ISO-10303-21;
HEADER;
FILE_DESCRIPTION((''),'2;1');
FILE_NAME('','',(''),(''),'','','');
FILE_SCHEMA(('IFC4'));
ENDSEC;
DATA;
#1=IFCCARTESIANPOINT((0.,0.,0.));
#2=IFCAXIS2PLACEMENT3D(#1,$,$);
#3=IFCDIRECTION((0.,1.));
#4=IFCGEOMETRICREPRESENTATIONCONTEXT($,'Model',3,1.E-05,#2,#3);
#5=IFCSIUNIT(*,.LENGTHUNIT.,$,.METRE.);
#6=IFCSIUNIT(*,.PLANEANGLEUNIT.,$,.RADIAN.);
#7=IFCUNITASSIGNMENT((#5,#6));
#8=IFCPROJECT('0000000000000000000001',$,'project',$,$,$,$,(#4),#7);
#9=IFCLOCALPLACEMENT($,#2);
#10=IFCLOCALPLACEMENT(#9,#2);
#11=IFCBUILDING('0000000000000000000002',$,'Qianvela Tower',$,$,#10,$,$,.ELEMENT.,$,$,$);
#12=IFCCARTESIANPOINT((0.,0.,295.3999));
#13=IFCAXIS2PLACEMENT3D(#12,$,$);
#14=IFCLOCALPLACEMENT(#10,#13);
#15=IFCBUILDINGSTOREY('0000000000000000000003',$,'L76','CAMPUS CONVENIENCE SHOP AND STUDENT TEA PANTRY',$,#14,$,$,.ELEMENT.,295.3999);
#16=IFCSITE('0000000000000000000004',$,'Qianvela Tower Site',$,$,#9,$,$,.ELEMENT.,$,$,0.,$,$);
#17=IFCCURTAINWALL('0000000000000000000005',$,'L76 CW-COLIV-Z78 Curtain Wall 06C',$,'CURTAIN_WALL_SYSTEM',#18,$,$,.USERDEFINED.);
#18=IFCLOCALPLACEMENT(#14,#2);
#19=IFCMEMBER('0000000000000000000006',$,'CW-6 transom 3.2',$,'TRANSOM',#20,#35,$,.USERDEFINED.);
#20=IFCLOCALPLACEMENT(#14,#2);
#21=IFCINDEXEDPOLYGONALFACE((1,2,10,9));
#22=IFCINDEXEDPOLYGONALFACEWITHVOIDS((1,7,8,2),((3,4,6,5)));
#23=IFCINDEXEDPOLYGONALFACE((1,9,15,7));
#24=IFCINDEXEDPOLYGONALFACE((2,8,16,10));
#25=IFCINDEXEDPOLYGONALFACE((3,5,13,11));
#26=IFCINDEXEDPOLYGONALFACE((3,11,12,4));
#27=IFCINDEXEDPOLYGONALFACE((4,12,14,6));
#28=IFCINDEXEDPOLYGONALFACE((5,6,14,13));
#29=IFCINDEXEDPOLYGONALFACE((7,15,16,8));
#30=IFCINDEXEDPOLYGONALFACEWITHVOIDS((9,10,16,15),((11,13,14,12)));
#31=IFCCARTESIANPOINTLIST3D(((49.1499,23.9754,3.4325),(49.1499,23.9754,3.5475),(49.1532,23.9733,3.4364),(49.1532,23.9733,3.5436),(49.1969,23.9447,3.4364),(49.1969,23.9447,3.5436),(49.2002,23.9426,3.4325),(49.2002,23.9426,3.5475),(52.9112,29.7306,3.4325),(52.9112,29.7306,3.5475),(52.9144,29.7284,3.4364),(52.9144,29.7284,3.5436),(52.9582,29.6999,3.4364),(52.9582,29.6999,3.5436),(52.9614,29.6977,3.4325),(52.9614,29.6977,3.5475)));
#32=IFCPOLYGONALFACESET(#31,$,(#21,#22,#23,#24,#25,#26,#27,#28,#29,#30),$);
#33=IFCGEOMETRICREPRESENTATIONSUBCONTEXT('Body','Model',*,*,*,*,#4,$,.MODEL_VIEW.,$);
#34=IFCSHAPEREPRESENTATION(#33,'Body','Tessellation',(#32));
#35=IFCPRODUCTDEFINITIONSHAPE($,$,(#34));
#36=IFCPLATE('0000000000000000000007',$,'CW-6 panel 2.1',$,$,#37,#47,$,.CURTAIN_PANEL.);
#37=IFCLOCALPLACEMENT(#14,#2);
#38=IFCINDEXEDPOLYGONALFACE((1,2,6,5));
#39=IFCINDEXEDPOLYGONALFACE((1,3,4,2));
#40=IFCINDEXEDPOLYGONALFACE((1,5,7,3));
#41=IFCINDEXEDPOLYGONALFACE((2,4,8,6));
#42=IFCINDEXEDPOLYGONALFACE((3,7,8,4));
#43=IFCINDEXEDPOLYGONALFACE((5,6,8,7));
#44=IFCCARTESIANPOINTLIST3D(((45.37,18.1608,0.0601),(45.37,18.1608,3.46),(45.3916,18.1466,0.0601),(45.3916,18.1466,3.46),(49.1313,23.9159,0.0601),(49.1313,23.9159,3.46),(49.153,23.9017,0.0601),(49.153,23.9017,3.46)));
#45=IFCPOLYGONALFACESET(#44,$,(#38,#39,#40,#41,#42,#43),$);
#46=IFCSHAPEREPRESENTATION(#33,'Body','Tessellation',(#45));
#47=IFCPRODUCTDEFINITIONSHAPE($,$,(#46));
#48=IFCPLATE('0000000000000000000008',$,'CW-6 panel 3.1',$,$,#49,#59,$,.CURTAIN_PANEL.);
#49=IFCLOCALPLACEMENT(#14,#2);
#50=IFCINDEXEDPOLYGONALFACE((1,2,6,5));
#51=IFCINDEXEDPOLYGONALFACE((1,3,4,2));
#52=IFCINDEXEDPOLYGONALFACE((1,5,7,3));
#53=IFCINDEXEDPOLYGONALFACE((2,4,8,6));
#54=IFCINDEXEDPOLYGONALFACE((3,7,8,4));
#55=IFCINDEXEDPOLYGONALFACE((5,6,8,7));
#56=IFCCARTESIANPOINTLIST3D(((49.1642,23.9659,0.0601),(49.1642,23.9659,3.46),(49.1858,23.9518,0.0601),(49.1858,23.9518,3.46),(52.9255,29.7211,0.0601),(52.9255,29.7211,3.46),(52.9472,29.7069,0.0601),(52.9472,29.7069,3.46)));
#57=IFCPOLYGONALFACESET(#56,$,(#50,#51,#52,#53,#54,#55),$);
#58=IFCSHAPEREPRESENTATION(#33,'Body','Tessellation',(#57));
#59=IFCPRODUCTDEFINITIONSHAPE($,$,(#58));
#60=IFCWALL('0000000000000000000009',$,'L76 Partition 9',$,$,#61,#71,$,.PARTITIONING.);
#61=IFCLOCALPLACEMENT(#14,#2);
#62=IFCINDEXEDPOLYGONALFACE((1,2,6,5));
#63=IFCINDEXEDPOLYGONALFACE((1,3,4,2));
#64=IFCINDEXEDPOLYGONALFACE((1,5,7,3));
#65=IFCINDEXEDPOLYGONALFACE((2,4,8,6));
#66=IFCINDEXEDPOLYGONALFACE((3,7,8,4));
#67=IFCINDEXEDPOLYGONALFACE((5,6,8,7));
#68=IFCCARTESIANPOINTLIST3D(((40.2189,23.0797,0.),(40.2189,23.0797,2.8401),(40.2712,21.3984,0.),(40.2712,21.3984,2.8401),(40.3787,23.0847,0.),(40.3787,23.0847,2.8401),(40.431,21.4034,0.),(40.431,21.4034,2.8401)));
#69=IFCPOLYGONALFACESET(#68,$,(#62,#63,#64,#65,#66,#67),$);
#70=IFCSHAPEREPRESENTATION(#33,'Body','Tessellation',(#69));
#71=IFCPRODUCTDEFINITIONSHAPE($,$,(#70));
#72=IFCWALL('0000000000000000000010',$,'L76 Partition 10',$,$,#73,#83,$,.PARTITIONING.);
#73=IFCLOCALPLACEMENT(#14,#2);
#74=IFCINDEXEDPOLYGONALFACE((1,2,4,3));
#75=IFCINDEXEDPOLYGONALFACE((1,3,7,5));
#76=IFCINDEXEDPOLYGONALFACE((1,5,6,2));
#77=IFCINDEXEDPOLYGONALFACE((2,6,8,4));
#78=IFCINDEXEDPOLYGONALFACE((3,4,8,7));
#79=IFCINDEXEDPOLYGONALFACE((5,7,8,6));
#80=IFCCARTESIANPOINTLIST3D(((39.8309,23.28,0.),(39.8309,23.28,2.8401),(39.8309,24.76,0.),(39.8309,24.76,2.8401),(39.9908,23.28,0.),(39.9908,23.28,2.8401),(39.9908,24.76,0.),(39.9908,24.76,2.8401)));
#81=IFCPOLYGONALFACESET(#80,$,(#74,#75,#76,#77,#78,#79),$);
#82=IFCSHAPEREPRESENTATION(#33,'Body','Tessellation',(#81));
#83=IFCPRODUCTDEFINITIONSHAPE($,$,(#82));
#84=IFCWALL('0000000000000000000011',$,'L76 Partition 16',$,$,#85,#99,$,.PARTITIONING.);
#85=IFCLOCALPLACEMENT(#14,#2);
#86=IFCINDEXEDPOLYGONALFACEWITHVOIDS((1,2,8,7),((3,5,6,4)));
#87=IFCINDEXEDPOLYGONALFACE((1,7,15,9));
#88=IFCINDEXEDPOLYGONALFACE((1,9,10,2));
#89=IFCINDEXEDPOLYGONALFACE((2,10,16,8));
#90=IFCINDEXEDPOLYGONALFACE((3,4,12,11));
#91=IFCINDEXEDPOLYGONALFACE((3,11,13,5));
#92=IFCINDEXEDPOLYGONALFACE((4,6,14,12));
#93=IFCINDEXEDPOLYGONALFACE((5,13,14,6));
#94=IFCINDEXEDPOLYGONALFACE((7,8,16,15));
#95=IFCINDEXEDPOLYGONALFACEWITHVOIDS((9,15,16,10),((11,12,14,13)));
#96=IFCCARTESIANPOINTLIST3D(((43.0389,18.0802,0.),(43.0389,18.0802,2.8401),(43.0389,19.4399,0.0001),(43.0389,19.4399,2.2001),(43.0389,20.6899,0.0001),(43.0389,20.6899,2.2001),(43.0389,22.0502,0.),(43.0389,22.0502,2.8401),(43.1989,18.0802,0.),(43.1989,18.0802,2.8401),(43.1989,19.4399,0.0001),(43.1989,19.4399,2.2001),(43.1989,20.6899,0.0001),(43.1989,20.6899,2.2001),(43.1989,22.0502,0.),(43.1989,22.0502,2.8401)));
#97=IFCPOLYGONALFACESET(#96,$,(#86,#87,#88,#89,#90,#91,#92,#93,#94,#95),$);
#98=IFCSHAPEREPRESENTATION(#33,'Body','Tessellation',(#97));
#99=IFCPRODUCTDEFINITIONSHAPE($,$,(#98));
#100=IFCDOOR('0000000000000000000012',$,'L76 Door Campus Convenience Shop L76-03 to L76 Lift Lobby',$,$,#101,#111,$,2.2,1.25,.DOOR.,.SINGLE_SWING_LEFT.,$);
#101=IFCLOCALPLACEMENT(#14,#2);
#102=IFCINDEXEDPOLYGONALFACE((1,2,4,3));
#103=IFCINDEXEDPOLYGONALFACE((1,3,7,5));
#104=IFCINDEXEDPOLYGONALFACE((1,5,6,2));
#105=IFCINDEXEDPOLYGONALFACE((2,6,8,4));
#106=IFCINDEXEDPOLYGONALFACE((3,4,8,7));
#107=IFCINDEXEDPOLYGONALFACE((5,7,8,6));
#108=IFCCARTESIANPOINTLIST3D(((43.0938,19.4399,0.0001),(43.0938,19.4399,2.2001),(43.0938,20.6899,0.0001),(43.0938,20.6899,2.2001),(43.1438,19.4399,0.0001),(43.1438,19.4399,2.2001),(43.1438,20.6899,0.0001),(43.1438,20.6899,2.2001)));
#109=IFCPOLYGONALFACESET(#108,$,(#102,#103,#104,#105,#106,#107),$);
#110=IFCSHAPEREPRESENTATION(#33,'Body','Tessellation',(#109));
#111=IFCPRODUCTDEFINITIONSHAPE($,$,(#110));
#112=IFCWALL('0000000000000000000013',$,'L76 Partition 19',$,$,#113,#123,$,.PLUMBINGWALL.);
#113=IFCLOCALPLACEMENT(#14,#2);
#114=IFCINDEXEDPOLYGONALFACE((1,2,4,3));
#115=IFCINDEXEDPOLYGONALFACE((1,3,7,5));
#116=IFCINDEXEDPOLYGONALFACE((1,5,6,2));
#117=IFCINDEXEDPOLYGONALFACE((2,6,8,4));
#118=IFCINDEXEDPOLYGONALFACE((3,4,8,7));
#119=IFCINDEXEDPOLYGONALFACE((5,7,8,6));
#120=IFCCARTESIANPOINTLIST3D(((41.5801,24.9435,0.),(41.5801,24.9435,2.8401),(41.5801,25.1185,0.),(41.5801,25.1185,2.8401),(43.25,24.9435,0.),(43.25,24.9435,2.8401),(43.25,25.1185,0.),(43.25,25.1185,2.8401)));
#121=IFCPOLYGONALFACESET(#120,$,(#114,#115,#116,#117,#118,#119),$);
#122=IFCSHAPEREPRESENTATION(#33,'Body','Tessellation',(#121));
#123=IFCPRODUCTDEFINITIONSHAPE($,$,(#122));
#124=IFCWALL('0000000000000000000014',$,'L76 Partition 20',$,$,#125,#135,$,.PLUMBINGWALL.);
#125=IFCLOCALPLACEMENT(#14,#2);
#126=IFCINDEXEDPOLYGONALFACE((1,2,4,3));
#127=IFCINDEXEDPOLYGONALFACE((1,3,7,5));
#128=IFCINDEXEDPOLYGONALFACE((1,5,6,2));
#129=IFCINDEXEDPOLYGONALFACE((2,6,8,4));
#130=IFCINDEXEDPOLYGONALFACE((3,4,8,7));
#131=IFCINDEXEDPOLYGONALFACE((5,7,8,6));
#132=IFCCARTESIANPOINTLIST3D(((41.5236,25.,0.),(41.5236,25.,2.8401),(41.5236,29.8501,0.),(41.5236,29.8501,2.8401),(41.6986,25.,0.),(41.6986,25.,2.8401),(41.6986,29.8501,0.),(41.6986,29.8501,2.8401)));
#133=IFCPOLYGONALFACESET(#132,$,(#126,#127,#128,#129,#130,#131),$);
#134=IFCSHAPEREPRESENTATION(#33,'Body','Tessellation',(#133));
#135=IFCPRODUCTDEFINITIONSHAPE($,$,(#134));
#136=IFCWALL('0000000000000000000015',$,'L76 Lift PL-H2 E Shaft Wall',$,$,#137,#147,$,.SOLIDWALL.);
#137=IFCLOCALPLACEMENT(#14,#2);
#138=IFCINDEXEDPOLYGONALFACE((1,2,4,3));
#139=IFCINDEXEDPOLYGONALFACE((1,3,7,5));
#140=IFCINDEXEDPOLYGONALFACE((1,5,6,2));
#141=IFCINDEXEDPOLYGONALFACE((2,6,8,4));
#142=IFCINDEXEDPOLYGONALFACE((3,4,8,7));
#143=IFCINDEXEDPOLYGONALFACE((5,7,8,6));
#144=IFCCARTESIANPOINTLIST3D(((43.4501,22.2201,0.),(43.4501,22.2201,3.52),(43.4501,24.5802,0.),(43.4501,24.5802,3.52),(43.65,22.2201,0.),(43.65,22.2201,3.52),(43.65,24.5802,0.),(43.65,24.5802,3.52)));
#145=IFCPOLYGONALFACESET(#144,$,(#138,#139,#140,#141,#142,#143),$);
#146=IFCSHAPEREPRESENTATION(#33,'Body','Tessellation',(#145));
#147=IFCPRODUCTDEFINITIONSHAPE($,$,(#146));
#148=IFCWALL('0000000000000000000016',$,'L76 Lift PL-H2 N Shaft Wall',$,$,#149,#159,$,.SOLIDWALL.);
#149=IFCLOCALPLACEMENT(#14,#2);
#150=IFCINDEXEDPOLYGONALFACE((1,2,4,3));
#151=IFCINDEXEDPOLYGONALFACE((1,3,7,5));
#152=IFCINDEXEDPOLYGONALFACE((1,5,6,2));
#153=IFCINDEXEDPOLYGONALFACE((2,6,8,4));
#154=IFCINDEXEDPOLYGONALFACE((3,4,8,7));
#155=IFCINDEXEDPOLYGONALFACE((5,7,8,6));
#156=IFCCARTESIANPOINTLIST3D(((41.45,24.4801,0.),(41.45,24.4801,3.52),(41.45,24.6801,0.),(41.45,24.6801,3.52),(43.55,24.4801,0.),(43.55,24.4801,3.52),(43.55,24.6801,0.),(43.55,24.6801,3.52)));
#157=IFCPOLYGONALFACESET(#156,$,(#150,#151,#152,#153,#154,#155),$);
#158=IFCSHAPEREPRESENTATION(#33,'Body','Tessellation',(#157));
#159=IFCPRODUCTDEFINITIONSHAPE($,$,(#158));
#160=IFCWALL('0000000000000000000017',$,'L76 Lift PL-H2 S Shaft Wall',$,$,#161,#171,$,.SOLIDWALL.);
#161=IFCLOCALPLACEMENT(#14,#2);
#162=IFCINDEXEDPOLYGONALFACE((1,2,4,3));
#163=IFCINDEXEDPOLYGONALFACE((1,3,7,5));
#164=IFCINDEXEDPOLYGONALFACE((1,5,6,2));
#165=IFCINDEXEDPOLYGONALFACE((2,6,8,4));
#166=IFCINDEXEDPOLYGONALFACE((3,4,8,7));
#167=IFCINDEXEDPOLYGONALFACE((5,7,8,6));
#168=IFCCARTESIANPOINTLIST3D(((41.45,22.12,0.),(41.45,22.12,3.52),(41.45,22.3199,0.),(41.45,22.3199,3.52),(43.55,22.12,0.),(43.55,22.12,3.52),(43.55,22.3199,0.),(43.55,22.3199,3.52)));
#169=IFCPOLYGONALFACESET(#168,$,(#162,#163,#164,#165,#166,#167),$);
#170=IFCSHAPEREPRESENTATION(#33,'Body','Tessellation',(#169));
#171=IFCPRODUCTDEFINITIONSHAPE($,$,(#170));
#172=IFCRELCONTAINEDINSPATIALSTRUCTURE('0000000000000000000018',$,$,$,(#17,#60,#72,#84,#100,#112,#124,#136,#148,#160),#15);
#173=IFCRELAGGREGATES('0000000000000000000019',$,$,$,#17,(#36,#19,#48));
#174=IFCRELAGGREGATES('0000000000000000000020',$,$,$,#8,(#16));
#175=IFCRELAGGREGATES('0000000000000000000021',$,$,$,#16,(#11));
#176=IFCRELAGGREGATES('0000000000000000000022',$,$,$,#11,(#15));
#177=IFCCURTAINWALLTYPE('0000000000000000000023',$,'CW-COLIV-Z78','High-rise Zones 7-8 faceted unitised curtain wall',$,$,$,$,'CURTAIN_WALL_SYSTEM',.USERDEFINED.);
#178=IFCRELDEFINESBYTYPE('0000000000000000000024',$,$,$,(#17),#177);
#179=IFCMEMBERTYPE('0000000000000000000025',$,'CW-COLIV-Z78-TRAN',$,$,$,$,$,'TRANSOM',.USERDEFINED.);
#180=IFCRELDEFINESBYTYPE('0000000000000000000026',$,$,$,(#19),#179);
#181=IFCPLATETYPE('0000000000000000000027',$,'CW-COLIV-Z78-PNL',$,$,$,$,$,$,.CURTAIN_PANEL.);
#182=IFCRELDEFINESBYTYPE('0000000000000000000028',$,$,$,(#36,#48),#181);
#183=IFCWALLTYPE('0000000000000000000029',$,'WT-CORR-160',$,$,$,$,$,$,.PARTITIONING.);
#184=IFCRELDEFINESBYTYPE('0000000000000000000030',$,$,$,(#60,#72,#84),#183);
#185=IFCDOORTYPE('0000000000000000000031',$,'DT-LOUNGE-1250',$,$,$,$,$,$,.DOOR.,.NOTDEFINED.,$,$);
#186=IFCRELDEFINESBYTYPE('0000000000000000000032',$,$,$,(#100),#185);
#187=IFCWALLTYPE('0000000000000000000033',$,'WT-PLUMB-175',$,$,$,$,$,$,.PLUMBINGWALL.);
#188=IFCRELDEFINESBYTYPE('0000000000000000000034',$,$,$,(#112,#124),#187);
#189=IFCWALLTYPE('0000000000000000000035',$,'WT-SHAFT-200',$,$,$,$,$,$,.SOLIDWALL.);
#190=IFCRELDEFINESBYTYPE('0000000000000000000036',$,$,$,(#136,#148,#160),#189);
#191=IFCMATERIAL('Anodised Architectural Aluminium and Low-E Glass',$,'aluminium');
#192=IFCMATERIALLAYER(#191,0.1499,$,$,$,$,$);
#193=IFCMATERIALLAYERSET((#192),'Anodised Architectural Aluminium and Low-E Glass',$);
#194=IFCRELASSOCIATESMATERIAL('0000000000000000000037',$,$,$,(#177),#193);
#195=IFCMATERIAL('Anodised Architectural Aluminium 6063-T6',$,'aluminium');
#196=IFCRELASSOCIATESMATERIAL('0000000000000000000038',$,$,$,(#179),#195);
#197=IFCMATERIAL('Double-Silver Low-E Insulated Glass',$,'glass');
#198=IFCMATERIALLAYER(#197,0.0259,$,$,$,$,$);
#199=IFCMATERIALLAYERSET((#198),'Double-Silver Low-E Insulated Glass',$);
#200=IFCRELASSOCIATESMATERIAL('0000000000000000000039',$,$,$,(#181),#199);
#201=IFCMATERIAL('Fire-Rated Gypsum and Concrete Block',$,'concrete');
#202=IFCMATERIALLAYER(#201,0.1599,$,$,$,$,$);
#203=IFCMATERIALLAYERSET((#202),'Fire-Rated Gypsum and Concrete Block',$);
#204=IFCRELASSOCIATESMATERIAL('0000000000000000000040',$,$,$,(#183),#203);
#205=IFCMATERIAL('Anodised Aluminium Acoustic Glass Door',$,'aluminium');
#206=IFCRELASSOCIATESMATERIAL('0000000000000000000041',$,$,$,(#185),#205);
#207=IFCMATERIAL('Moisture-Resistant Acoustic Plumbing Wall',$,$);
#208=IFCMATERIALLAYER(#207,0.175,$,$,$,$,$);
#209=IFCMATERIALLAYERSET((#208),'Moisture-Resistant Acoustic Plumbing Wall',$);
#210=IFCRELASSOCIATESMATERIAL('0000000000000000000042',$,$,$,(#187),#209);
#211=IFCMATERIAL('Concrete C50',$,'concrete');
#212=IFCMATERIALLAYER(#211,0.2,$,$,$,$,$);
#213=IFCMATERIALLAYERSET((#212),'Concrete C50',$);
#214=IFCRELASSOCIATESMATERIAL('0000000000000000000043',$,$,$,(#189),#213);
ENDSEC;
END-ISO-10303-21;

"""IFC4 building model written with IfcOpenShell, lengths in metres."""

from ifc_helpers import new_model, si_unit, direction, frame, frame_2d, origin, origin_2d, place, context, subcontext, project, spatial, rectangle, hollow_rectangle, extrude, material, layer, layer_set, material_profile, profile_set, type_object, element, fill, aggregate, save


model = new_model("IFC4")

# Units and contexts
model_context = context("Model", 3, precision=1e-05, world=origin(), true_north=direction((0.0, 1.0)))
body_context = subcontext(model_context, "Body", "Model", "MODEL_VIEW")
ifc_project = project(units=[si_unit("LENGTHUNIT", "METRE"), si_unit("PLANEANGLEUNIT", "RADIAN")], contexts=[model_context])

# Site, building, storey
site_placement = place(None, origin())
site = spatial("IfcSite", under=ifc_project, at=site_placement, Name="Qianvela Tower Site", CompositionType="ELEMENT", RefElevation=0.0)
building_placement = place(site_placement, origin())
building = spatial("IfcBuilding", under=site, at=building_placement, Name="Qianvela Tower", CompositionType="ELEMENT")
storey_placement = place(building_placement, frame((0.0, 0.0, 295.3999)))
storey = spatial("IfcBuildingStorey", under=building, at=storey_placement, Name="L76", Description="CAMPUS CONVENIENCE SHOP AND STUDENT TEA PANTRY", CompositionType="ELEMENT", Elevation=295.3999)

# Curtain wall, member, plates
ifc_material_1 = material(Name="Anodised Architectural Aluminium and Low-E Glass", Category="aluminium")
ifc_layer_1 = layer(ifc_material_1, 0.1499)
ifc_layer_set_1 = layer_set([ifc_layer_1], Name="Anodised Architectural Aluminium and Low-E Glass")
curtain_wall_type = type_object("IfcCurtainWallType", Name="CW-COLIV-Z78", Description="High-rise Zones 7-8 faceted unitised curtain wall", ElementType="CURTAIN_WALL_SYSTEM", PredefinedType="USERDEFINED", material=ifc_layer_set_1)
curtain_wall_placement = place(storey_placement, origin())
curtain_wall = element("IfcCurtainWall", 1, at=curtain_wall_placement, inside=storey, type_object=curtain_wall_type, Name="L76 CW-COLIV-Z78 Curtain Wall 06C", ObjectType="CURTAIN_WALL_SYSTEM", PredefinedType="USERDEFINED")
ifc_material_2 = material(Name="Anodised Architectural Aluminium 6063-T6", Category="aluminium")
ifc_material_profile_1 = material_profile(ifc_material_2, hollow_rectangle(XDim=0.0601, YDim=0.115, WallThickness=0.0039, at=origin_2d()), Name="ALU-TRAN-60x115")
ifc_profile_set_1 = profile_set([ifc_material_profile_1], Name="Anodised Architectural Aluminium 6063-T6")
member_type_1 = type_object("IfcMemberType", Name="CW-COLIV-Z78-TRAN", ElementType="TRANSOM", PredefinedType="USERDEFINED", material=ifc_profile_set_1)
member_1_placement = place(storey_placement, frame((49.175, 23.959, 3.49), z_axis=(0.547072, 0.837085, 0.0), x_axis=(-0.837085, 0.547072, 0.0)))
member_1 = element("IfcMember", 2, at=member_1_placement, type_object=member_type_1, Name="CW-6 transom 3.2", ObjectType="TRANSOM", PredefinedType="USERDEFINED", context=body_context, shape_type="SweptSolid", body=[
    extrude(hollow_rectangle(XDim=0.0601, YDim=0.115, WallThickness=0.0039, at=origin_2d()), origin(), (0.0, 0.0, 1.0), 6.8752),
])
ifc_material_3 = material(Name="Double-Silver Low-E Insulated Glass", Category="glass")
ifc_layer_2 = layer(ifc_material_3, 0.0259)
ifc_layer_set_2 = layer_set([ifc_layer_2], Name="Double-Silver Low-E Insulated Glass")
plate_type = type_object("IfcPlateType", Name="CW-COLIV-Z78-PNL", PredefinedType="CURTAIN_PANEL", material=ifc_layer_set_2)
plate_1_placement = place(storey_placement, frame((47.2615, 21.0312, 0.0601), z_axis=(0.0, 0.0, 1.0), x_axis=(0.547081, 0.83708, 0.0)))
plate_1 = element("IfcPlate", 3, at=plate_1_placement, type_object=plate_type, Name="CW-6 panel 2.1", PredefinedType="CURTAIN_PANEL", context=body_context, shape_type="SweptSolid", body=[
    extrude(rectangle(XDim=6.8752, YDim=0.0259, at=origin_2d()), origin(), (0.0, 0.0, 1.0), 3.3999),
])
plate_2_placement = place(storey_placement, frame((51.0557, 26.8364, 0.0601), z_axis=(0.0, 0.0, 1.0), x_axis=(0.547081, 0.83708, 0.0)))
plate_2 = element("IfcPlate", 4, at=plate_2_placement, type_object=plate_type, Name="CW-6 panel 3.1", PredefinedType="CURTAIN_PANEL", context=body_context, shape_type="SweptSolid", body=[
    extrude(rectangle(XDim=6.8752, YDim=0.0259, at=origin_2d()), origin(), (0.0, 0.0, 1.0), 3.3999),
])
aggregate(curtain_wall, [plate_1, member_1, plate_2])

# Walls
ifc_material_4 = material(Name="Fire-Rated Gypsum and Concrete Block", Category="concrete")
ifc_layer_3 = layer(ifc_material_4, 0.1599)
ifc_layer_set_3 = layer_set([ifc_layer_3], Name="Fire-Rated Gypsum and Concrete Block")
wall_type_1 = type_object("IfcWallType", Name="WT-CORR-160", PredefinedType="PARTITIONING", material=ifc_layer_set_3)
wall_1_placement = place(storey_placement, frame((40.3511, 21.4009, 0.0), z_axis=(0.0, 0.0, 1.0), x_axis=(-0.031058, 0.999518, 0.0)))
element("IfcWall", 5, at=wall_1_placement, inside=storey, type_object=wall_type_1, Name="L76 Partition 9", PredefinedType="PARTITIONING", context=body_context, shape_type="SweptSolid", body=[
    extrude(rectangle(XDim=1.6821, YDim=0.1599, at=frame_2d((0.8411, 0.0))), origin(), (0.0, 0.0, 1.0), 2.8401),
])
wall_2_placement = place(storey_placement, frame((39.9109, 23.28, 0.0), z_axis=(0.0, 0.0, 1.0), x_axis=(0.0, 1.0, 0.0)))
element("IfcWall", 6, at=wall_2_placement, inside=storey, type_object=wall_type_1, Name="L76 Partition 10", PredefinedType="PARTITIONING", context=body_context, shape_type="SweptSolid", body=[
    extrude(rectangle(XDim=1.48, YDim=0.1599, at=frame_2d((0.74, 0.0))), origin(), (0.0, 0.0, 1.0), 2.8401),
])

# Wall, opening, door
wall_3_placement = place(storey_placement, frame((43.1189, 22.05, 0.0), z_axis=(0.0, 0.0, 1.0), x_axis=(0.0, -1.0, 0.0)))
wall_3 = element("IfcWall", 7, at=wall_3_placement, inside=storey, type_object=wall_type_1, Name="L76 Partition 16", PredefinedType="PARTITIONING", context=body_context, shape_type="SweptSolid", body=[
    extrude(rectangle(XDim=3.97, YDim=0.1599, at=frame_2d((1.9849, 0.0))), origin(), (0.0, 0.0, 1.0), 2.8401),
])
opening_1_placement = place(wall_3_placement, frame((1.3601, 0.0, 0.0)))
opening_1 = element("IfcOpeningElement", 8, at=opening_1_placement, cuts=wall_3, PredefinedType="OPENING", context=body_context, shape_type="SweptSolid", body=[
    extrude(rectangle(XDim=1.25, YDim=2.2, at=frame_2d((0.625, 1.1001))), frame((0.0, 0.0898, 0.0), z_axis=(0.0, -1.0, 0.0), x_axis=(1.0, 0.0, 0.0)), (0.0, 0.0, 1.0), 0.1799),
])
ifc_material_5 = material(Name="Anodised Aluminium Acoustic Glass Door", Category="aluminium")
door_type_1 = type_object("IfcDoorType", Name="DT-LOUNGE-1250", OperationType="NOTDEFINED", PredefinedType="DOOR", material=ifc_material_5)
door_1_placement = place(opening_1_placement, origin())
door_1 = element("IfcDoor", 9, at=door_1_placement, inside=storey, type_object=door_type_1, Name="L76 Door Campus Convenience Shop L76-03 to L76 Lift Lobby", OperationType="SINGLE_SWING_LEFT", OverallHeight=2.2, OverallWidth=1.25, PredefinedType="DOOR", context=body_context, shape_type="SweptSolid", body=[
    extrude(rectangle(XDim=1.25, YDim=2.2, at=frame_2d((0.625, 1.1001))), frame((0.0, 0.0249, 0.0), z_axis=(0.0, -1.0, 0.0), x_axis=(1.0, 0.0, 0.0)), (0.0, 0.0, 1.0), 0.05),
])
fill(opening_1, door_1)

# Walls
ifc_material_6 = material(Name="Moisture-Resistant Acoustic Plumbing Wall")
ifc_layer_4 = layer(ifc_material_6, 0.175)
ifc_layer_set_4 = layer_set([ifc_layer_4], Name="Moisture-Resistant Acoustic Plumbing Wall")
wall_type_2 = type_object("IfcWallType", Name="WT-PLUMB-175", PredefinedType="PLUMBINGWALL", material=ifc_layer_set_4)
wall_4_placement = place(storey_placement, frame((43.25, 25.031, 0.0), z_axis=(0.0, 0.0, 1.0), x_axis=(-1.0, 0.0, 0.0)))
element("IfcWall", 10, at=wall_4_placement, inside=storey, type_object=wall_type_2, Name="L76 Partition 19", PredefinedType="PLUMBINGWALL", context=body_context, shape_type="SweptSolid", body=[
    extrude(rectangle(XDim=1.6699, YDim=0.175, at=frame_2d((0.835, 0.0))), origin(), (0.0, 0.0, 1.0), 2.8401),
])
wall_5_placement = place(storey_placement, frame((41.6111, 25.0, 0.0), z_axis=(0.0, 0.0, 1.0), x_axis=(0.0, 1.0, 0.0)))
element("IfcWall", 11, at=wall_5_placement, inside=storey, type_object=wall_type_2, Name="L76 Partition 20", PredefinedType="PLUMBINGWALL", context=body_context, shape_type="SweptSolid", body=[
    extrude(rectangle(XDim=4.8501, YDim=0.175, at=frame_2d((2.425, 0.0))), origin(), (0.0, 0.0, 1.0), 2.8401),
])
ifc_material_7 = material(Name="Concrete C50", Category="concrete")
ifc_layer_5 = layer(ifc_material_7, 0.2)
ifc_layer_set_5 = layer_set([ifc_layer_5], Name="Concrete C50")
wall_type_3 = type_object("IfcWallType", Name="WT-SHAFT-200", PredefinedType="SOLIDWALL", material=ifc_layer_set_5)
wall_6_placement = place(storey_placement, frame((43.55, 22.22, 0.0), z_axis=(0.0, 0.0, 1.0), x_axis=(0.0, 1.0, 0.0)))
element("IfcWall", 12, at=wall_6_placement, inside=storey, type_object=wall_type_3, Name="L76 Lift PL-H2 E Shaft Wall", PredefinedType="SOLIDWALL", context=body_context, shape_type="SweptSolid", body=[
    extrude(rectangle(XDim=2.3601, YDim=0.2, at=frame_2d((1.1802, 0.0))), origin(), (0.0, 0.0, 1.0), 3.52),
])

# Walls
for number, where, z_axis, x_axis, name in (
    (13, (41.45, 24.5801, 0.0), (0.0, 0.0, 1.0), (1.0, 0.0, 0.0), "L76 Lift PL-H2 N Shaft Wall"),
    (14, (41.45, 22.22, 0.0), (0.0, 0.0, 1.0), (1.0, 0.0, 0.0), "L76 Lift PL-H2 S Shaft Wall"),
):
    element("IfcWall", number, at=place(storey_placement, frame(where, z_axis=z_axis, x_axis=x_axis)), inside=storey, type_object=wall_type_3, Name=name, PredefinedType="SOLIDWALL", context=body_context, shape_type="SweptSolid", body=[
        extrude(rectangle(XDim=2.1001, YDim=0.2, at=frame_2d((1.05, 0.0))), origin(), (0.0, 0.0, 1.0), 3.52),
    ])

save(model, "model.ifc")
